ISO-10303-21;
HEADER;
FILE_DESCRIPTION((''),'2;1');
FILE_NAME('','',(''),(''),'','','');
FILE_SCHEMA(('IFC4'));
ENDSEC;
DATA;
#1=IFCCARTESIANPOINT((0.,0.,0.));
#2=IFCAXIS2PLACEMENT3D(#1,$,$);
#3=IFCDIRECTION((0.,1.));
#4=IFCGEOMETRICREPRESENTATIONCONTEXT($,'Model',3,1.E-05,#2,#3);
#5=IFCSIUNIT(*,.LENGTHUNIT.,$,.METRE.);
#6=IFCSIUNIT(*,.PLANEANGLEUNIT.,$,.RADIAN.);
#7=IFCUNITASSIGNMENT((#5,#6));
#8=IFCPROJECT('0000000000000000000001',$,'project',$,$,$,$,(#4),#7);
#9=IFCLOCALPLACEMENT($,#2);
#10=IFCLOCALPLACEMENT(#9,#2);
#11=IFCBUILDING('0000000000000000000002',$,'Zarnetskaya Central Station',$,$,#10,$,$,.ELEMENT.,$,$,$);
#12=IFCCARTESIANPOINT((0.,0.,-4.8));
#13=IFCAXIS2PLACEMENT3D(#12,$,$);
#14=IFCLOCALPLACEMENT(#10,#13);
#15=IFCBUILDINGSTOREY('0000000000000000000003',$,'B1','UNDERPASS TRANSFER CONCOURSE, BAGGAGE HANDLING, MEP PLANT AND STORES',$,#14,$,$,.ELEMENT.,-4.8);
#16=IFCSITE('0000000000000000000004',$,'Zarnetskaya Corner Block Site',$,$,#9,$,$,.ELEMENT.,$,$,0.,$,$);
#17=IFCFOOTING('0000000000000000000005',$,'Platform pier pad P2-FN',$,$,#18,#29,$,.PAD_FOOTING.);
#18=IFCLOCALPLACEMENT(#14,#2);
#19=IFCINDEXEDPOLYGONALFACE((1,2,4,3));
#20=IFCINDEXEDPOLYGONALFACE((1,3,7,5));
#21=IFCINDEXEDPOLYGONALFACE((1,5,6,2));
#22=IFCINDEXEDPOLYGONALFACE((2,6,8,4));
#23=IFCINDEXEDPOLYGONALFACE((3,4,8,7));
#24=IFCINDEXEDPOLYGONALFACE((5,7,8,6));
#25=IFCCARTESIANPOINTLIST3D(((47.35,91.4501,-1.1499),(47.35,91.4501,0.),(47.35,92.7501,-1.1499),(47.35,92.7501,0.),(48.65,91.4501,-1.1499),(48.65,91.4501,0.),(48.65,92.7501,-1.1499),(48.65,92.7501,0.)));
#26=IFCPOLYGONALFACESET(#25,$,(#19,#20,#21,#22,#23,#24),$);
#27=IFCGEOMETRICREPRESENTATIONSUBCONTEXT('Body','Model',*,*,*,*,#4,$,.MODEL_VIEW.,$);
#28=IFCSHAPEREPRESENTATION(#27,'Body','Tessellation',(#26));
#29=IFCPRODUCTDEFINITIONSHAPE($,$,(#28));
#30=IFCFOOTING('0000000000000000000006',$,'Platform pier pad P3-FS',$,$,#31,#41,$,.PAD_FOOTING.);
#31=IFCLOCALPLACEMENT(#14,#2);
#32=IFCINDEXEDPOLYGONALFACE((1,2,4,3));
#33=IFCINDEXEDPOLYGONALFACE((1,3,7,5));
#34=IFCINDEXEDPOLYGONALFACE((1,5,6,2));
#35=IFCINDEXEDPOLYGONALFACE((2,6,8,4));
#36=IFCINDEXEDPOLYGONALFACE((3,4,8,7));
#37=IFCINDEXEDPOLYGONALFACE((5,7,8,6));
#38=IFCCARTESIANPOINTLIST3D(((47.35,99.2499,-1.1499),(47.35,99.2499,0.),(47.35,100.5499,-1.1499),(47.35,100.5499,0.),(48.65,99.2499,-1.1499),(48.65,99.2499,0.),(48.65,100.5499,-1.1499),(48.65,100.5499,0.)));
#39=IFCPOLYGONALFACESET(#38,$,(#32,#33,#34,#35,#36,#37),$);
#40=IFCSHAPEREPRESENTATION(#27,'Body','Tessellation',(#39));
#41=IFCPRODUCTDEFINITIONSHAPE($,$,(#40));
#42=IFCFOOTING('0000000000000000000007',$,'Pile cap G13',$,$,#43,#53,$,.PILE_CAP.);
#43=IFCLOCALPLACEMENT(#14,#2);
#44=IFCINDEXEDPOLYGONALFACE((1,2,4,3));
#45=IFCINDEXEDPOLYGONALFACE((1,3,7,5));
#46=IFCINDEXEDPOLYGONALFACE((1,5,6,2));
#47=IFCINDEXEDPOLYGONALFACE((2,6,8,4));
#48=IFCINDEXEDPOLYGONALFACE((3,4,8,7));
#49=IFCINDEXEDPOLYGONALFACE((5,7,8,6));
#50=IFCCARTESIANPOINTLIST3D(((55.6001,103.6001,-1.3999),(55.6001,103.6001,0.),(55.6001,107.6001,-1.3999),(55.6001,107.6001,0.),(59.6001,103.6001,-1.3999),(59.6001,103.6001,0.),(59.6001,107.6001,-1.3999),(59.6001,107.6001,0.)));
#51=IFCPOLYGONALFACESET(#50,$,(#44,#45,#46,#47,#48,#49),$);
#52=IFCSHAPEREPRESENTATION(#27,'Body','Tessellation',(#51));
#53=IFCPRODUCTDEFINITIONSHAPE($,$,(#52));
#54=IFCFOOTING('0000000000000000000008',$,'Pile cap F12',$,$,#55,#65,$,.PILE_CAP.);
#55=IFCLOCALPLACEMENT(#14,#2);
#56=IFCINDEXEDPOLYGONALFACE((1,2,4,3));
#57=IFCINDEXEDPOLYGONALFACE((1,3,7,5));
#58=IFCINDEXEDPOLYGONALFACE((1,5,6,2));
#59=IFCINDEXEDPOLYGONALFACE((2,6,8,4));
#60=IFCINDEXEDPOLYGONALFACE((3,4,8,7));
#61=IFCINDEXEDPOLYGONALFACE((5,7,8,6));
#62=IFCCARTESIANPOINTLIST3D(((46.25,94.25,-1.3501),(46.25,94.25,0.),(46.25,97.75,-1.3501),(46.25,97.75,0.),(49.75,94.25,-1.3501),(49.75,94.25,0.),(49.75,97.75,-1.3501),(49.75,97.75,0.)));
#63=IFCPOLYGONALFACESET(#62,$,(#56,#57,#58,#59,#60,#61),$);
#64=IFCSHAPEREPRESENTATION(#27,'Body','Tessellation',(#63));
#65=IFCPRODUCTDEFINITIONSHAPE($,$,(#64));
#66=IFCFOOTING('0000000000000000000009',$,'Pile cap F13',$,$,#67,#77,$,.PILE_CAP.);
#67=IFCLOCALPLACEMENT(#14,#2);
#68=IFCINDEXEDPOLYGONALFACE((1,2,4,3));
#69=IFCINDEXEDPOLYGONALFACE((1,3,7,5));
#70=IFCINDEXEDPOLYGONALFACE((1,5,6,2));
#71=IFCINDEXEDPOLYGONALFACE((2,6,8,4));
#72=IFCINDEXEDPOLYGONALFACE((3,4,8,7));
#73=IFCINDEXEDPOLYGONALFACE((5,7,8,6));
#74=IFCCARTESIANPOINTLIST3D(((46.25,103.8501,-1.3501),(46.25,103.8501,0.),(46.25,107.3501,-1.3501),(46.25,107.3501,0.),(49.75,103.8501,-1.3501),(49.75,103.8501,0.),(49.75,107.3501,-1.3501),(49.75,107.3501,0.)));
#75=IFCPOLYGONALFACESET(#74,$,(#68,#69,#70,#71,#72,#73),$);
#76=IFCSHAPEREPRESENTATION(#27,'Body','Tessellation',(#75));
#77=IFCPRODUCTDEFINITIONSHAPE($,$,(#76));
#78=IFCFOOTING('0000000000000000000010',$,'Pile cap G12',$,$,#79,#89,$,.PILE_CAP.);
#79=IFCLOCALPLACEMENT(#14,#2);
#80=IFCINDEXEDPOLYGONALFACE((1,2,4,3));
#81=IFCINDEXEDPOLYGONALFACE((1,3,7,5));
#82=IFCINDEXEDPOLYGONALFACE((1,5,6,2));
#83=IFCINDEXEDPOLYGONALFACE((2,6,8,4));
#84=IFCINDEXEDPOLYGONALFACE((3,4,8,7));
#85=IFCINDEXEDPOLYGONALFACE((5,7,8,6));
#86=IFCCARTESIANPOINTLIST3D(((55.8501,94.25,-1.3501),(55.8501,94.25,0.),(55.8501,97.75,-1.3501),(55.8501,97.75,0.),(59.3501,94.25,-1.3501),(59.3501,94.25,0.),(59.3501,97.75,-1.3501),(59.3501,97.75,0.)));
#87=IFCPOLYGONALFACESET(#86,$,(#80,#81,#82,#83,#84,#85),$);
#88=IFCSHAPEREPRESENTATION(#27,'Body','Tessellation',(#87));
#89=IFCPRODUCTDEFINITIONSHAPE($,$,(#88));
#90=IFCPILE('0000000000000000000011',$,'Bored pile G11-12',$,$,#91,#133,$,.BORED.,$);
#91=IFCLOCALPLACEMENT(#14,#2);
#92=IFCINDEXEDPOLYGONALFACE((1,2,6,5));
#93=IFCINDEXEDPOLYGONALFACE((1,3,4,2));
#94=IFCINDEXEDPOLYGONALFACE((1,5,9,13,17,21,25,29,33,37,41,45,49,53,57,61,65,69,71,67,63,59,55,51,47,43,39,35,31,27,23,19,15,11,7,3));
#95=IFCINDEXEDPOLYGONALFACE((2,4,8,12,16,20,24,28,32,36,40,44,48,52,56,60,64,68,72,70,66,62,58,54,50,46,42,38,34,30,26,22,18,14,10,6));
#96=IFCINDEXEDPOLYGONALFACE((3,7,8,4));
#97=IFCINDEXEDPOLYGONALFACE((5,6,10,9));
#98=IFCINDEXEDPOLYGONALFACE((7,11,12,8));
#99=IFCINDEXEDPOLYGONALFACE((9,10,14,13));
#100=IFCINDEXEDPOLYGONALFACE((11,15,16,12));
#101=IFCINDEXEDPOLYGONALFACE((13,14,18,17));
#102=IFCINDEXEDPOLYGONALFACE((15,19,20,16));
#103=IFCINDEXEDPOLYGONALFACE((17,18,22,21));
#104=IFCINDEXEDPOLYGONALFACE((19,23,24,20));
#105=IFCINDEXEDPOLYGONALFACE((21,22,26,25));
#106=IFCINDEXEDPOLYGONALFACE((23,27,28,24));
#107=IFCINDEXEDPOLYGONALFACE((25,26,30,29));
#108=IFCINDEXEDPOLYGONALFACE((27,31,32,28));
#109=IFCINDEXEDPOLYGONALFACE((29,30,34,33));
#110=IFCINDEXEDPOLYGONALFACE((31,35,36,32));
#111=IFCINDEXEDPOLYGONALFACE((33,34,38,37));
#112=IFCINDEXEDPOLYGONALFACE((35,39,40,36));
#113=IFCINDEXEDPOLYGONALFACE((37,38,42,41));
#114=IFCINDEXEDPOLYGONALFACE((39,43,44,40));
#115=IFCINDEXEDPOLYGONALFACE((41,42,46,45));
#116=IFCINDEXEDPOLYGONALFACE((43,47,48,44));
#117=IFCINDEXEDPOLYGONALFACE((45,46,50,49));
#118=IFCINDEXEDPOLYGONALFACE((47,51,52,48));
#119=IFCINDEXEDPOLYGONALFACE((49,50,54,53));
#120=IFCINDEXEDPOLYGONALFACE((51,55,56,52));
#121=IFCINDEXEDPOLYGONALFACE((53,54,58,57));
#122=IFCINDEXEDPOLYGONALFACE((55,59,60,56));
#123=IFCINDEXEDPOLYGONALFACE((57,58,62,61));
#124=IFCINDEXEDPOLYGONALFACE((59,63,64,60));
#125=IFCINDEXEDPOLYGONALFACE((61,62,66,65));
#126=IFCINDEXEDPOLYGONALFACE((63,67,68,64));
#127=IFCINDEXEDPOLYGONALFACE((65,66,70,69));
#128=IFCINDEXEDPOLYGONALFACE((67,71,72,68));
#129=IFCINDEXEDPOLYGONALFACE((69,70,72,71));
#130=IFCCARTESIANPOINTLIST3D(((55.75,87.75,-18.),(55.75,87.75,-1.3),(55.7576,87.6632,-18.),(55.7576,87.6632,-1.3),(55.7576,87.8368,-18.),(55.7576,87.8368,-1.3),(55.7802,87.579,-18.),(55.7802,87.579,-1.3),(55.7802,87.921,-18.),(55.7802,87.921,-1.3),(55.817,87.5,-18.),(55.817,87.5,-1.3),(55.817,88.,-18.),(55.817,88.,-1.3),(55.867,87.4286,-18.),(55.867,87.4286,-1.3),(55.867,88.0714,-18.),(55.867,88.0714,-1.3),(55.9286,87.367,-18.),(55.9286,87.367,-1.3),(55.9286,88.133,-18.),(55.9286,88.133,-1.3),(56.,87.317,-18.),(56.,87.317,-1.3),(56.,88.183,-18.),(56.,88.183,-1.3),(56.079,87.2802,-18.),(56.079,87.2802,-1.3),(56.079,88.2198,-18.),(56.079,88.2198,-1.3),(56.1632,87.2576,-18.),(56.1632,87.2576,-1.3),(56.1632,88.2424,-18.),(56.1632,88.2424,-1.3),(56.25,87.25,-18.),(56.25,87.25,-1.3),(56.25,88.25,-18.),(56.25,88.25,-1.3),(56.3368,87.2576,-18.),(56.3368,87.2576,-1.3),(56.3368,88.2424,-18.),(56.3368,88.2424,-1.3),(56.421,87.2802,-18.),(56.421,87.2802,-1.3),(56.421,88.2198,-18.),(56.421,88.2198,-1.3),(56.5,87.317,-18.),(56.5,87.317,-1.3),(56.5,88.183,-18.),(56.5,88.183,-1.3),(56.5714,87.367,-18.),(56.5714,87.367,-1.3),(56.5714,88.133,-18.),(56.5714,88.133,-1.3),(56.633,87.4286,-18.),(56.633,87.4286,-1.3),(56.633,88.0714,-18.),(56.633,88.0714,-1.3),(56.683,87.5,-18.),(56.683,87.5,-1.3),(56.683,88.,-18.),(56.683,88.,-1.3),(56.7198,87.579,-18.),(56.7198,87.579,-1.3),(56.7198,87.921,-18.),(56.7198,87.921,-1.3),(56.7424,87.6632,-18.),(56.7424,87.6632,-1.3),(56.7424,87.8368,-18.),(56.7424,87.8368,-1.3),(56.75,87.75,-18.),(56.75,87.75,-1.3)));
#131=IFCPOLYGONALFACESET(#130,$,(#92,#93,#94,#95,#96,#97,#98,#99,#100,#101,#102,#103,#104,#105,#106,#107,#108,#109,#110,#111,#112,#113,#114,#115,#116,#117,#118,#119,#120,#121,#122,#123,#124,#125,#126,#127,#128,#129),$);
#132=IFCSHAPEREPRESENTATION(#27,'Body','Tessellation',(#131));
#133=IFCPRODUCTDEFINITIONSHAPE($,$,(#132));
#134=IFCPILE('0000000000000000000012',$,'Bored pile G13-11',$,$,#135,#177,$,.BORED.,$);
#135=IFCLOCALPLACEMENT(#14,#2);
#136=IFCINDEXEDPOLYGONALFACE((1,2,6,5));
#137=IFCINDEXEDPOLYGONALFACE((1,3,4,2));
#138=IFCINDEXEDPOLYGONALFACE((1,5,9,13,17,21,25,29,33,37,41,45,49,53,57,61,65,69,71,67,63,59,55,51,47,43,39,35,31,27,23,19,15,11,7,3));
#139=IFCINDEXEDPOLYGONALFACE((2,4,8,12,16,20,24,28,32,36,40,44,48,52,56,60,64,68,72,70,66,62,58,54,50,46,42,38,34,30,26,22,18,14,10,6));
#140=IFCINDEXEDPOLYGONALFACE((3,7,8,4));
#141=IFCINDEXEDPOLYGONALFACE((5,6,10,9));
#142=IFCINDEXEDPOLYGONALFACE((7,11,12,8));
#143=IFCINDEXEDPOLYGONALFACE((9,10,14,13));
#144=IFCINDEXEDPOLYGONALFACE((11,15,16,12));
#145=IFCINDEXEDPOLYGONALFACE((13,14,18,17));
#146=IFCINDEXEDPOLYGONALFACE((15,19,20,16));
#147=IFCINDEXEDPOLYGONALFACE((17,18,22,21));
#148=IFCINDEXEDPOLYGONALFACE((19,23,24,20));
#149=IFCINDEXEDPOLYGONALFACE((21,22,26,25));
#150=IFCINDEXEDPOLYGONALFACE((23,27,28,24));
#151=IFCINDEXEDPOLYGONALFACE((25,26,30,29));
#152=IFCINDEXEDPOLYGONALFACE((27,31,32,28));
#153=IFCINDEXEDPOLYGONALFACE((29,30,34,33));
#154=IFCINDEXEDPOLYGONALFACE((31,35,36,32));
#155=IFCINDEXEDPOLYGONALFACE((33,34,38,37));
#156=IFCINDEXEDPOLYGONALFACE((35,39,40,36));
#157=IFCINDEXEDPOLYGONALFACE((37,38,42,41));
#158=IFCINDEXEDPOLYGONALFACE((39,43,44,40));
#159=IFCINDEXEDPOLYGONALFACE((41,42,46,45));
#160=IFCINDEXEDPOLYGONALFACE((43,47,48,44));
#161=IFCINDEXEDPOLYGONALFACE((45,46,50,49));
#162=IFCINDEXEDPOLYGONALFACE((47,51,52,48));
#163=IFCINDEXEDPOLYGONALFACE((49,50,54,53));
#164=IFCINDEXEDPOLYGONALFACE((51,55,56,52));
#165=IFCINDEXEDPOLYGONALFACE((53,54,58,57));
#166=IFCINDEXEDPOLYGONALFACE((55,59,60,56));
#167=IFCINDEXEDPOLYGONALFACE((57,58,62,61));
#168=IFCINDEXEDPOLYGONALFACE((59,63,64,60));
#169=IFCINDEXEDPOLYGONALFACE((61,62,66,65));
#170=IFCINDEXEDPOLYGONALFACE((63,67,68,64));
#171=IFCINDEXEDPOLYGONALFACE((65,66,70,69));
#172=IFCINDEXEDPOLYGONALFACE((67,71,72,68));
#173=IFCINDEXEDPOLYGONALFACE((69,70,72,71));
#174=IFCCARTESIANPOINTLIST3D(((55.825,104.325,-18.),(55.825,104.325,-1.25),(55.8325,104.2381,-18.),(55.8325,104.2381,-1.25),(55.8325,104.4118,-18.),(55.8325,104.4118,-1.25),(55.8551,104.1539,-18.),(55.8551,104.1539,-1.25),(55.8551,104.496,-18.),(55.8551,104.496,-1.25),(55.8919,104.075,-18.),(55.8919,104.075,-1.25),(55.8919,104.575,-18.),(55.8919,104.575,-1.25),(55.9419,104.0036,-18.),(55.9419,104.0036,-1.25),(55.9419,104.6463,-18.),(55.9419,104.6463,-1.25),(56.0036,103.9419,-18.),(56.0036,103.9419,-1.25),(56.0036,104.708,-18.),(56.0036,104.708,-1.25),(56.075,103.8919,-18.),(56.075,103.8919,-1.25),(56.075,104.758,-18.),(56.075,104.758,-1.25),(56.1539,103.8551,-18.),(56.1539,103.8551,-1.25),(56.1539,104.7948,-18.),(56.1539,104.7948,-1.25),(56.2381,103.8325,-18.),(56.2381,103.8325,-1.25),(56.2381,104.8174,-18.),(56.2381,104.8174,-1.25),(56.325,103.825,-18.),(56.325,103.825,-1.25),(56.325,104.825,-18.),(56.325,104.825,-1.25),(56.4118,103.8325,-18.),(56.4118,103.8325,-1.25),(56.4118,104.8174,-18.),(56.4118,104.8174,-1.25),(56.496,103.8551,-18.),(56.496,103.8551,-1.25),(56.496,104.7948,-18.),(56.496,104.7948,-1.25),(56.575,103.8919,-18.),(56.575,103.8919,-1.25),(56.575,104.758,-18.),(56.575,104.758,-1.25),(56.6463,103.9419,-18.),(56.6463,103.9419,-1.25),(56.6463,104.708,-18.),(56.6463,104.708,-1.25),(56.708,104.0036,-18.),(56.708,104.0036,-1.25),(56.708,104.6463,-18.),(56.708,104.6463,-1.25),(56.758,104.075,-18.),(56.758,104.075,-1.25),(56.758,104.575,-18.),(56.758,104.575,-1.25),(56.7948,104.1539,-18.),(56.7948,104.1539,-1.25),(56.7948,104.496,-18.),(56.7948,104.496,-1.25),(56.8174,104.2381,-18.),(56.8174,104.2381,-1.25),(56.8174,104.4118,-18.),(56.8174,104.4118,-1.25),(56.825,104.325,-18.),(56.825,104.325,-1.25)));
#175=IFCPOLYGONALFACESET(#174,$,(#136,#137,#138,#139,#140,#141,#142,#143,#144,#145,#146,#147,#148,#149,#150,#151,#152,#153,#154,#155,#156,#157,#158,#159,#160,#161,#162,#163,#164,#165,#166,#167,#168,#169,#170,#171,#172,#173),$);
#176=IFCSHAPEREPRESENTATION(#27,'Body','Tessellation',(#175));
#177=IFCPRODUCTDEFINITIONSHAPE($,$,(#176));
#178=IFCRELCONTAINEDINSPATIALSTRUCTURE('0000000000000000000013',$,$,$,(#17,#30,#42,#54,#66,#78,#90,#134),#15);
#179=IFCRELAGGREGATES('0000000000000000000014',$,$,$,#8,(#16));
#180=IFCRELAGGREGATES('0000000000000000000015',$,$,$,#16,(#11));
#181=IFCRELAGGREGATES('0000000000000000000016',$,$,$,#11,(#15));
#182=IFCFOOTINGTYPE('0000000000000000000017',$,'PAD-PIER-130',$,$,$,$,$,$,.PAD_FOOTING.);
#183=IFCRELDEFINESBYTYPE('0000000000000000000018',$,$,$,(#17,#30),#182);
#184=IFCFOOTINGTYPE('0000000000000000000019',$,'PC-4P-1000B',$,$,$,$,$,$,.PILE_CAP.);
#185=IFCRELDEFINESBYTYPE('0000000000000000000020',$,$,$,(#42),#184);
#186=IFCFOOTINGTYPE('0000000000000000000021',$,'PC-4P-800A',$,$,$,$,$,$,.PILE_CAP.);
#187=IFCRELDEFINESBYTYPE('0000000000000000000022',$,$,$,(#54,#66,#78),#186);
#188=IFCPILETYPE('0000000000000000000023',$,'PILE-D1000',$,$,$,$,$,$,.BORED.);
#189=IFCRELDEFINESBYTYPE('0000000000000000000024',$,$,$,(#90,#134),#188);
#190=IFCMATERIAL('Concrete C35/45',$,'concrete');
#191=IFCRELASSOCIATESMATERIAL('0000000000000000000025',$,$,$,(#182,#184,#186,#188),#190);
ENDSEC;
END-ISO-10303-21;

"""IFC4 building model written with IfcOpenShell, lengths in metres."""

from ifc_helpers import new_model, si_unit, direction, frame, origin, origin_2d, place, context, subcontext, project, spatial, rectangle, circle, extrude, material, material_profile, profile_set, type_object, element, save


model = new_model("IFC4")

# Units and contexts
model_context = context("Model", 3, precision=1e-05, world=origin(), true_north=direction((0.0, 1.0)))
body_context = subcontext(model_context, "Body", "Model", "MODEL_VIEW")
ifc_project = project(units=[si_unit("LENGTHUNIT", "METRE"), si_unit("PLANEANGLEUNIT", "RADIAN")], contexts=[model_context])

# Site, building, storey
site_placement = place(None, origin())
site = spatial("IfcSite", under=ifc_project, at=site_placement, Name="Zarnetskaya Corner Block Site", CompositionType="ELEMENT", RefElevation=0.0)
building_placement = place(site_placement, origin())
building = spatial("IfcBuilding", under=site, at=building_placement, Name="Zarnetskaya Central Station", CompositionType="ELEMENT")
storey_placement = place(building_placement, frame((0.0, 0.0, -4.8)))
storey = spatial("IfcBuildingStorey", under=building, at=storey_placement, Name="B1", Description="UNDERPASS TRANSFER CONCOURSE, BAGGAGE HANDLING, MEP PLANT AND STORES", CompositionType="ELEMENT", Elevation=-4.8)

# Footings
ifc_material = material(Name="Concrete C35/45", Category="concrete")
footing_type_1 = type_object("IfcFootingType", Name="PAD-PIER-130", PredefinedType="PAD_FOOTING", material=ifc_material)
for number, where, z_axis, x_axis, name in (
    (1, (48.0, 92.1001, -1.1499), (0.0, 0.0, 1.0), (1.0, 0.0, 0.0), "Platform pier pad P2-FN"),
    (2, (48.0, 99.8999, -1.1499), (0.0, 0.0, 1.0), (1.0, 0.0, 0.0), "Platform pier pad P3-FS"),
):
    element("IfcFooting", number, at=place(storey_placement, frame(where, z_axis=z_axis, x_axis=x_axis)), inside=storey, type_object=footing_type_1, Name=name, PredefinedType="PAD_FOOTING", context=body_context, shape_type="SweptSolid", body=[
        extrude(rectangle(XDim=1.3, YDim=1.3, at=origin_2d()), origin(), (0.0, 0.0, 1.0), 1.1499),
    ])
footing_type_2 = type_object("IfcFootingType", Name="PC-4P-1000B", PredefinedType="PILE_CAP", material=ifc_material)
footing_placement = place(storey_placement, frame((57.6001, 105.6001, -1.3999), z_axis=(0.0, 0.0, 1.0), x_axis=(1.0, 0.0, 0.0)))
element("IfcFooting", 3, at=footing_placement, inside=storey, type_object=footing_type_2, Name="Pile cap G13", PredefinedType="PILE_CAP", context=body_context, shape_type="SweptSolid", body=[
    extrude(rectangle(XDim=4.0, YDim=4.0, at=origin_2d()), origin(), (0.0, 0.0, 1.0), 1.3999),
])
footing_type_3 = type_object("IfcFootingType", Name="PC-4P-800A", PredefinedType="PILE_CAP", material=ifc_material)
for number, where, z_axis, x_axis, name in (
    (4, (48.0, 96.0, -1.3501), (0.0, 0.0, 1.0), (1.0, 0.0, 0.0), "Pile cap F12"),
    (5, (48.0, 105.6001, -1.3501), (0.0, 0.0, 1.0), (1.0, 0.0, 0.0), "Pile cap F13"),
    (6, (57.6001, 96.0, -1.3501), (0.0, 0.0, 1.0), (1.0, 0.0, 0.0), "Pile cap G12"),
):
    element("IfcFooting", number, at=place(storey_placement, frame(where, z_axis=z_axis, x_axis=x_axis)), inside=storey, type_object=footing_type_3, Name=name, PredefinedType="PILE_CAP", context=body_context, shape_type="SweptSolid", body=[
        extrude(rectangle(XDim=3.5, YDim=3.5, at=origin_2d()), origin(), (0.0, 0.0, 1.0), 1.3501),
    ])

# Piles
ifc_material_profile_1 = material_profile(ifc_material, circle(Radius=0.5, at=origin_2d()), Name="BORED PILE D1000")
ifc_profile_set_1 = profile_set([ifc_material_profile_1], Name="Concrete C35/45")
pile_type_1 = type_object("IfcPileType", Name="PILE-D1000", PredefinedType="BORED", material=ifc_profile_set_1)
pile_1_placement = place(storey_placement, frame((56.25, 87.75, -1.3), z_axis=(0.0, 0.0, -1.0), x_axis=(1.0, 0.0, 0.0)))
element("IfcPile", 7, at=pile_1_placement, inside=storey, type_object=pile_type_1, Name="Bored pile G11-12", PredefinedType="BORED", context=body_context, shape_type="SweptSolid", body=[
    extrude(circle(Radius=0.5, at=origin_2d()), origin(), (0.0, 0.0, 1.0), 16.7),
])
pile_2_placement = place(storey_placement, frame((56.325, 104.325, -1.25), z_axis=(0.0, 0.0, -1.0), x_axis=(1.0, 0.0, 0.0)))
element("IfcPile", 8, at=pile_2_placement, inside=storey, type_object=pile_type_1, Name="Bored pile G13-11", PredefinedType="BORED", context=body_context, shape_type="SweptSolid", body=[
    extrude(circle(Radius=0.5, at=origin_2d()), origin(), (0.0, 0.0, 1.0), 16.75),
])

save(model, "model.ifc")
